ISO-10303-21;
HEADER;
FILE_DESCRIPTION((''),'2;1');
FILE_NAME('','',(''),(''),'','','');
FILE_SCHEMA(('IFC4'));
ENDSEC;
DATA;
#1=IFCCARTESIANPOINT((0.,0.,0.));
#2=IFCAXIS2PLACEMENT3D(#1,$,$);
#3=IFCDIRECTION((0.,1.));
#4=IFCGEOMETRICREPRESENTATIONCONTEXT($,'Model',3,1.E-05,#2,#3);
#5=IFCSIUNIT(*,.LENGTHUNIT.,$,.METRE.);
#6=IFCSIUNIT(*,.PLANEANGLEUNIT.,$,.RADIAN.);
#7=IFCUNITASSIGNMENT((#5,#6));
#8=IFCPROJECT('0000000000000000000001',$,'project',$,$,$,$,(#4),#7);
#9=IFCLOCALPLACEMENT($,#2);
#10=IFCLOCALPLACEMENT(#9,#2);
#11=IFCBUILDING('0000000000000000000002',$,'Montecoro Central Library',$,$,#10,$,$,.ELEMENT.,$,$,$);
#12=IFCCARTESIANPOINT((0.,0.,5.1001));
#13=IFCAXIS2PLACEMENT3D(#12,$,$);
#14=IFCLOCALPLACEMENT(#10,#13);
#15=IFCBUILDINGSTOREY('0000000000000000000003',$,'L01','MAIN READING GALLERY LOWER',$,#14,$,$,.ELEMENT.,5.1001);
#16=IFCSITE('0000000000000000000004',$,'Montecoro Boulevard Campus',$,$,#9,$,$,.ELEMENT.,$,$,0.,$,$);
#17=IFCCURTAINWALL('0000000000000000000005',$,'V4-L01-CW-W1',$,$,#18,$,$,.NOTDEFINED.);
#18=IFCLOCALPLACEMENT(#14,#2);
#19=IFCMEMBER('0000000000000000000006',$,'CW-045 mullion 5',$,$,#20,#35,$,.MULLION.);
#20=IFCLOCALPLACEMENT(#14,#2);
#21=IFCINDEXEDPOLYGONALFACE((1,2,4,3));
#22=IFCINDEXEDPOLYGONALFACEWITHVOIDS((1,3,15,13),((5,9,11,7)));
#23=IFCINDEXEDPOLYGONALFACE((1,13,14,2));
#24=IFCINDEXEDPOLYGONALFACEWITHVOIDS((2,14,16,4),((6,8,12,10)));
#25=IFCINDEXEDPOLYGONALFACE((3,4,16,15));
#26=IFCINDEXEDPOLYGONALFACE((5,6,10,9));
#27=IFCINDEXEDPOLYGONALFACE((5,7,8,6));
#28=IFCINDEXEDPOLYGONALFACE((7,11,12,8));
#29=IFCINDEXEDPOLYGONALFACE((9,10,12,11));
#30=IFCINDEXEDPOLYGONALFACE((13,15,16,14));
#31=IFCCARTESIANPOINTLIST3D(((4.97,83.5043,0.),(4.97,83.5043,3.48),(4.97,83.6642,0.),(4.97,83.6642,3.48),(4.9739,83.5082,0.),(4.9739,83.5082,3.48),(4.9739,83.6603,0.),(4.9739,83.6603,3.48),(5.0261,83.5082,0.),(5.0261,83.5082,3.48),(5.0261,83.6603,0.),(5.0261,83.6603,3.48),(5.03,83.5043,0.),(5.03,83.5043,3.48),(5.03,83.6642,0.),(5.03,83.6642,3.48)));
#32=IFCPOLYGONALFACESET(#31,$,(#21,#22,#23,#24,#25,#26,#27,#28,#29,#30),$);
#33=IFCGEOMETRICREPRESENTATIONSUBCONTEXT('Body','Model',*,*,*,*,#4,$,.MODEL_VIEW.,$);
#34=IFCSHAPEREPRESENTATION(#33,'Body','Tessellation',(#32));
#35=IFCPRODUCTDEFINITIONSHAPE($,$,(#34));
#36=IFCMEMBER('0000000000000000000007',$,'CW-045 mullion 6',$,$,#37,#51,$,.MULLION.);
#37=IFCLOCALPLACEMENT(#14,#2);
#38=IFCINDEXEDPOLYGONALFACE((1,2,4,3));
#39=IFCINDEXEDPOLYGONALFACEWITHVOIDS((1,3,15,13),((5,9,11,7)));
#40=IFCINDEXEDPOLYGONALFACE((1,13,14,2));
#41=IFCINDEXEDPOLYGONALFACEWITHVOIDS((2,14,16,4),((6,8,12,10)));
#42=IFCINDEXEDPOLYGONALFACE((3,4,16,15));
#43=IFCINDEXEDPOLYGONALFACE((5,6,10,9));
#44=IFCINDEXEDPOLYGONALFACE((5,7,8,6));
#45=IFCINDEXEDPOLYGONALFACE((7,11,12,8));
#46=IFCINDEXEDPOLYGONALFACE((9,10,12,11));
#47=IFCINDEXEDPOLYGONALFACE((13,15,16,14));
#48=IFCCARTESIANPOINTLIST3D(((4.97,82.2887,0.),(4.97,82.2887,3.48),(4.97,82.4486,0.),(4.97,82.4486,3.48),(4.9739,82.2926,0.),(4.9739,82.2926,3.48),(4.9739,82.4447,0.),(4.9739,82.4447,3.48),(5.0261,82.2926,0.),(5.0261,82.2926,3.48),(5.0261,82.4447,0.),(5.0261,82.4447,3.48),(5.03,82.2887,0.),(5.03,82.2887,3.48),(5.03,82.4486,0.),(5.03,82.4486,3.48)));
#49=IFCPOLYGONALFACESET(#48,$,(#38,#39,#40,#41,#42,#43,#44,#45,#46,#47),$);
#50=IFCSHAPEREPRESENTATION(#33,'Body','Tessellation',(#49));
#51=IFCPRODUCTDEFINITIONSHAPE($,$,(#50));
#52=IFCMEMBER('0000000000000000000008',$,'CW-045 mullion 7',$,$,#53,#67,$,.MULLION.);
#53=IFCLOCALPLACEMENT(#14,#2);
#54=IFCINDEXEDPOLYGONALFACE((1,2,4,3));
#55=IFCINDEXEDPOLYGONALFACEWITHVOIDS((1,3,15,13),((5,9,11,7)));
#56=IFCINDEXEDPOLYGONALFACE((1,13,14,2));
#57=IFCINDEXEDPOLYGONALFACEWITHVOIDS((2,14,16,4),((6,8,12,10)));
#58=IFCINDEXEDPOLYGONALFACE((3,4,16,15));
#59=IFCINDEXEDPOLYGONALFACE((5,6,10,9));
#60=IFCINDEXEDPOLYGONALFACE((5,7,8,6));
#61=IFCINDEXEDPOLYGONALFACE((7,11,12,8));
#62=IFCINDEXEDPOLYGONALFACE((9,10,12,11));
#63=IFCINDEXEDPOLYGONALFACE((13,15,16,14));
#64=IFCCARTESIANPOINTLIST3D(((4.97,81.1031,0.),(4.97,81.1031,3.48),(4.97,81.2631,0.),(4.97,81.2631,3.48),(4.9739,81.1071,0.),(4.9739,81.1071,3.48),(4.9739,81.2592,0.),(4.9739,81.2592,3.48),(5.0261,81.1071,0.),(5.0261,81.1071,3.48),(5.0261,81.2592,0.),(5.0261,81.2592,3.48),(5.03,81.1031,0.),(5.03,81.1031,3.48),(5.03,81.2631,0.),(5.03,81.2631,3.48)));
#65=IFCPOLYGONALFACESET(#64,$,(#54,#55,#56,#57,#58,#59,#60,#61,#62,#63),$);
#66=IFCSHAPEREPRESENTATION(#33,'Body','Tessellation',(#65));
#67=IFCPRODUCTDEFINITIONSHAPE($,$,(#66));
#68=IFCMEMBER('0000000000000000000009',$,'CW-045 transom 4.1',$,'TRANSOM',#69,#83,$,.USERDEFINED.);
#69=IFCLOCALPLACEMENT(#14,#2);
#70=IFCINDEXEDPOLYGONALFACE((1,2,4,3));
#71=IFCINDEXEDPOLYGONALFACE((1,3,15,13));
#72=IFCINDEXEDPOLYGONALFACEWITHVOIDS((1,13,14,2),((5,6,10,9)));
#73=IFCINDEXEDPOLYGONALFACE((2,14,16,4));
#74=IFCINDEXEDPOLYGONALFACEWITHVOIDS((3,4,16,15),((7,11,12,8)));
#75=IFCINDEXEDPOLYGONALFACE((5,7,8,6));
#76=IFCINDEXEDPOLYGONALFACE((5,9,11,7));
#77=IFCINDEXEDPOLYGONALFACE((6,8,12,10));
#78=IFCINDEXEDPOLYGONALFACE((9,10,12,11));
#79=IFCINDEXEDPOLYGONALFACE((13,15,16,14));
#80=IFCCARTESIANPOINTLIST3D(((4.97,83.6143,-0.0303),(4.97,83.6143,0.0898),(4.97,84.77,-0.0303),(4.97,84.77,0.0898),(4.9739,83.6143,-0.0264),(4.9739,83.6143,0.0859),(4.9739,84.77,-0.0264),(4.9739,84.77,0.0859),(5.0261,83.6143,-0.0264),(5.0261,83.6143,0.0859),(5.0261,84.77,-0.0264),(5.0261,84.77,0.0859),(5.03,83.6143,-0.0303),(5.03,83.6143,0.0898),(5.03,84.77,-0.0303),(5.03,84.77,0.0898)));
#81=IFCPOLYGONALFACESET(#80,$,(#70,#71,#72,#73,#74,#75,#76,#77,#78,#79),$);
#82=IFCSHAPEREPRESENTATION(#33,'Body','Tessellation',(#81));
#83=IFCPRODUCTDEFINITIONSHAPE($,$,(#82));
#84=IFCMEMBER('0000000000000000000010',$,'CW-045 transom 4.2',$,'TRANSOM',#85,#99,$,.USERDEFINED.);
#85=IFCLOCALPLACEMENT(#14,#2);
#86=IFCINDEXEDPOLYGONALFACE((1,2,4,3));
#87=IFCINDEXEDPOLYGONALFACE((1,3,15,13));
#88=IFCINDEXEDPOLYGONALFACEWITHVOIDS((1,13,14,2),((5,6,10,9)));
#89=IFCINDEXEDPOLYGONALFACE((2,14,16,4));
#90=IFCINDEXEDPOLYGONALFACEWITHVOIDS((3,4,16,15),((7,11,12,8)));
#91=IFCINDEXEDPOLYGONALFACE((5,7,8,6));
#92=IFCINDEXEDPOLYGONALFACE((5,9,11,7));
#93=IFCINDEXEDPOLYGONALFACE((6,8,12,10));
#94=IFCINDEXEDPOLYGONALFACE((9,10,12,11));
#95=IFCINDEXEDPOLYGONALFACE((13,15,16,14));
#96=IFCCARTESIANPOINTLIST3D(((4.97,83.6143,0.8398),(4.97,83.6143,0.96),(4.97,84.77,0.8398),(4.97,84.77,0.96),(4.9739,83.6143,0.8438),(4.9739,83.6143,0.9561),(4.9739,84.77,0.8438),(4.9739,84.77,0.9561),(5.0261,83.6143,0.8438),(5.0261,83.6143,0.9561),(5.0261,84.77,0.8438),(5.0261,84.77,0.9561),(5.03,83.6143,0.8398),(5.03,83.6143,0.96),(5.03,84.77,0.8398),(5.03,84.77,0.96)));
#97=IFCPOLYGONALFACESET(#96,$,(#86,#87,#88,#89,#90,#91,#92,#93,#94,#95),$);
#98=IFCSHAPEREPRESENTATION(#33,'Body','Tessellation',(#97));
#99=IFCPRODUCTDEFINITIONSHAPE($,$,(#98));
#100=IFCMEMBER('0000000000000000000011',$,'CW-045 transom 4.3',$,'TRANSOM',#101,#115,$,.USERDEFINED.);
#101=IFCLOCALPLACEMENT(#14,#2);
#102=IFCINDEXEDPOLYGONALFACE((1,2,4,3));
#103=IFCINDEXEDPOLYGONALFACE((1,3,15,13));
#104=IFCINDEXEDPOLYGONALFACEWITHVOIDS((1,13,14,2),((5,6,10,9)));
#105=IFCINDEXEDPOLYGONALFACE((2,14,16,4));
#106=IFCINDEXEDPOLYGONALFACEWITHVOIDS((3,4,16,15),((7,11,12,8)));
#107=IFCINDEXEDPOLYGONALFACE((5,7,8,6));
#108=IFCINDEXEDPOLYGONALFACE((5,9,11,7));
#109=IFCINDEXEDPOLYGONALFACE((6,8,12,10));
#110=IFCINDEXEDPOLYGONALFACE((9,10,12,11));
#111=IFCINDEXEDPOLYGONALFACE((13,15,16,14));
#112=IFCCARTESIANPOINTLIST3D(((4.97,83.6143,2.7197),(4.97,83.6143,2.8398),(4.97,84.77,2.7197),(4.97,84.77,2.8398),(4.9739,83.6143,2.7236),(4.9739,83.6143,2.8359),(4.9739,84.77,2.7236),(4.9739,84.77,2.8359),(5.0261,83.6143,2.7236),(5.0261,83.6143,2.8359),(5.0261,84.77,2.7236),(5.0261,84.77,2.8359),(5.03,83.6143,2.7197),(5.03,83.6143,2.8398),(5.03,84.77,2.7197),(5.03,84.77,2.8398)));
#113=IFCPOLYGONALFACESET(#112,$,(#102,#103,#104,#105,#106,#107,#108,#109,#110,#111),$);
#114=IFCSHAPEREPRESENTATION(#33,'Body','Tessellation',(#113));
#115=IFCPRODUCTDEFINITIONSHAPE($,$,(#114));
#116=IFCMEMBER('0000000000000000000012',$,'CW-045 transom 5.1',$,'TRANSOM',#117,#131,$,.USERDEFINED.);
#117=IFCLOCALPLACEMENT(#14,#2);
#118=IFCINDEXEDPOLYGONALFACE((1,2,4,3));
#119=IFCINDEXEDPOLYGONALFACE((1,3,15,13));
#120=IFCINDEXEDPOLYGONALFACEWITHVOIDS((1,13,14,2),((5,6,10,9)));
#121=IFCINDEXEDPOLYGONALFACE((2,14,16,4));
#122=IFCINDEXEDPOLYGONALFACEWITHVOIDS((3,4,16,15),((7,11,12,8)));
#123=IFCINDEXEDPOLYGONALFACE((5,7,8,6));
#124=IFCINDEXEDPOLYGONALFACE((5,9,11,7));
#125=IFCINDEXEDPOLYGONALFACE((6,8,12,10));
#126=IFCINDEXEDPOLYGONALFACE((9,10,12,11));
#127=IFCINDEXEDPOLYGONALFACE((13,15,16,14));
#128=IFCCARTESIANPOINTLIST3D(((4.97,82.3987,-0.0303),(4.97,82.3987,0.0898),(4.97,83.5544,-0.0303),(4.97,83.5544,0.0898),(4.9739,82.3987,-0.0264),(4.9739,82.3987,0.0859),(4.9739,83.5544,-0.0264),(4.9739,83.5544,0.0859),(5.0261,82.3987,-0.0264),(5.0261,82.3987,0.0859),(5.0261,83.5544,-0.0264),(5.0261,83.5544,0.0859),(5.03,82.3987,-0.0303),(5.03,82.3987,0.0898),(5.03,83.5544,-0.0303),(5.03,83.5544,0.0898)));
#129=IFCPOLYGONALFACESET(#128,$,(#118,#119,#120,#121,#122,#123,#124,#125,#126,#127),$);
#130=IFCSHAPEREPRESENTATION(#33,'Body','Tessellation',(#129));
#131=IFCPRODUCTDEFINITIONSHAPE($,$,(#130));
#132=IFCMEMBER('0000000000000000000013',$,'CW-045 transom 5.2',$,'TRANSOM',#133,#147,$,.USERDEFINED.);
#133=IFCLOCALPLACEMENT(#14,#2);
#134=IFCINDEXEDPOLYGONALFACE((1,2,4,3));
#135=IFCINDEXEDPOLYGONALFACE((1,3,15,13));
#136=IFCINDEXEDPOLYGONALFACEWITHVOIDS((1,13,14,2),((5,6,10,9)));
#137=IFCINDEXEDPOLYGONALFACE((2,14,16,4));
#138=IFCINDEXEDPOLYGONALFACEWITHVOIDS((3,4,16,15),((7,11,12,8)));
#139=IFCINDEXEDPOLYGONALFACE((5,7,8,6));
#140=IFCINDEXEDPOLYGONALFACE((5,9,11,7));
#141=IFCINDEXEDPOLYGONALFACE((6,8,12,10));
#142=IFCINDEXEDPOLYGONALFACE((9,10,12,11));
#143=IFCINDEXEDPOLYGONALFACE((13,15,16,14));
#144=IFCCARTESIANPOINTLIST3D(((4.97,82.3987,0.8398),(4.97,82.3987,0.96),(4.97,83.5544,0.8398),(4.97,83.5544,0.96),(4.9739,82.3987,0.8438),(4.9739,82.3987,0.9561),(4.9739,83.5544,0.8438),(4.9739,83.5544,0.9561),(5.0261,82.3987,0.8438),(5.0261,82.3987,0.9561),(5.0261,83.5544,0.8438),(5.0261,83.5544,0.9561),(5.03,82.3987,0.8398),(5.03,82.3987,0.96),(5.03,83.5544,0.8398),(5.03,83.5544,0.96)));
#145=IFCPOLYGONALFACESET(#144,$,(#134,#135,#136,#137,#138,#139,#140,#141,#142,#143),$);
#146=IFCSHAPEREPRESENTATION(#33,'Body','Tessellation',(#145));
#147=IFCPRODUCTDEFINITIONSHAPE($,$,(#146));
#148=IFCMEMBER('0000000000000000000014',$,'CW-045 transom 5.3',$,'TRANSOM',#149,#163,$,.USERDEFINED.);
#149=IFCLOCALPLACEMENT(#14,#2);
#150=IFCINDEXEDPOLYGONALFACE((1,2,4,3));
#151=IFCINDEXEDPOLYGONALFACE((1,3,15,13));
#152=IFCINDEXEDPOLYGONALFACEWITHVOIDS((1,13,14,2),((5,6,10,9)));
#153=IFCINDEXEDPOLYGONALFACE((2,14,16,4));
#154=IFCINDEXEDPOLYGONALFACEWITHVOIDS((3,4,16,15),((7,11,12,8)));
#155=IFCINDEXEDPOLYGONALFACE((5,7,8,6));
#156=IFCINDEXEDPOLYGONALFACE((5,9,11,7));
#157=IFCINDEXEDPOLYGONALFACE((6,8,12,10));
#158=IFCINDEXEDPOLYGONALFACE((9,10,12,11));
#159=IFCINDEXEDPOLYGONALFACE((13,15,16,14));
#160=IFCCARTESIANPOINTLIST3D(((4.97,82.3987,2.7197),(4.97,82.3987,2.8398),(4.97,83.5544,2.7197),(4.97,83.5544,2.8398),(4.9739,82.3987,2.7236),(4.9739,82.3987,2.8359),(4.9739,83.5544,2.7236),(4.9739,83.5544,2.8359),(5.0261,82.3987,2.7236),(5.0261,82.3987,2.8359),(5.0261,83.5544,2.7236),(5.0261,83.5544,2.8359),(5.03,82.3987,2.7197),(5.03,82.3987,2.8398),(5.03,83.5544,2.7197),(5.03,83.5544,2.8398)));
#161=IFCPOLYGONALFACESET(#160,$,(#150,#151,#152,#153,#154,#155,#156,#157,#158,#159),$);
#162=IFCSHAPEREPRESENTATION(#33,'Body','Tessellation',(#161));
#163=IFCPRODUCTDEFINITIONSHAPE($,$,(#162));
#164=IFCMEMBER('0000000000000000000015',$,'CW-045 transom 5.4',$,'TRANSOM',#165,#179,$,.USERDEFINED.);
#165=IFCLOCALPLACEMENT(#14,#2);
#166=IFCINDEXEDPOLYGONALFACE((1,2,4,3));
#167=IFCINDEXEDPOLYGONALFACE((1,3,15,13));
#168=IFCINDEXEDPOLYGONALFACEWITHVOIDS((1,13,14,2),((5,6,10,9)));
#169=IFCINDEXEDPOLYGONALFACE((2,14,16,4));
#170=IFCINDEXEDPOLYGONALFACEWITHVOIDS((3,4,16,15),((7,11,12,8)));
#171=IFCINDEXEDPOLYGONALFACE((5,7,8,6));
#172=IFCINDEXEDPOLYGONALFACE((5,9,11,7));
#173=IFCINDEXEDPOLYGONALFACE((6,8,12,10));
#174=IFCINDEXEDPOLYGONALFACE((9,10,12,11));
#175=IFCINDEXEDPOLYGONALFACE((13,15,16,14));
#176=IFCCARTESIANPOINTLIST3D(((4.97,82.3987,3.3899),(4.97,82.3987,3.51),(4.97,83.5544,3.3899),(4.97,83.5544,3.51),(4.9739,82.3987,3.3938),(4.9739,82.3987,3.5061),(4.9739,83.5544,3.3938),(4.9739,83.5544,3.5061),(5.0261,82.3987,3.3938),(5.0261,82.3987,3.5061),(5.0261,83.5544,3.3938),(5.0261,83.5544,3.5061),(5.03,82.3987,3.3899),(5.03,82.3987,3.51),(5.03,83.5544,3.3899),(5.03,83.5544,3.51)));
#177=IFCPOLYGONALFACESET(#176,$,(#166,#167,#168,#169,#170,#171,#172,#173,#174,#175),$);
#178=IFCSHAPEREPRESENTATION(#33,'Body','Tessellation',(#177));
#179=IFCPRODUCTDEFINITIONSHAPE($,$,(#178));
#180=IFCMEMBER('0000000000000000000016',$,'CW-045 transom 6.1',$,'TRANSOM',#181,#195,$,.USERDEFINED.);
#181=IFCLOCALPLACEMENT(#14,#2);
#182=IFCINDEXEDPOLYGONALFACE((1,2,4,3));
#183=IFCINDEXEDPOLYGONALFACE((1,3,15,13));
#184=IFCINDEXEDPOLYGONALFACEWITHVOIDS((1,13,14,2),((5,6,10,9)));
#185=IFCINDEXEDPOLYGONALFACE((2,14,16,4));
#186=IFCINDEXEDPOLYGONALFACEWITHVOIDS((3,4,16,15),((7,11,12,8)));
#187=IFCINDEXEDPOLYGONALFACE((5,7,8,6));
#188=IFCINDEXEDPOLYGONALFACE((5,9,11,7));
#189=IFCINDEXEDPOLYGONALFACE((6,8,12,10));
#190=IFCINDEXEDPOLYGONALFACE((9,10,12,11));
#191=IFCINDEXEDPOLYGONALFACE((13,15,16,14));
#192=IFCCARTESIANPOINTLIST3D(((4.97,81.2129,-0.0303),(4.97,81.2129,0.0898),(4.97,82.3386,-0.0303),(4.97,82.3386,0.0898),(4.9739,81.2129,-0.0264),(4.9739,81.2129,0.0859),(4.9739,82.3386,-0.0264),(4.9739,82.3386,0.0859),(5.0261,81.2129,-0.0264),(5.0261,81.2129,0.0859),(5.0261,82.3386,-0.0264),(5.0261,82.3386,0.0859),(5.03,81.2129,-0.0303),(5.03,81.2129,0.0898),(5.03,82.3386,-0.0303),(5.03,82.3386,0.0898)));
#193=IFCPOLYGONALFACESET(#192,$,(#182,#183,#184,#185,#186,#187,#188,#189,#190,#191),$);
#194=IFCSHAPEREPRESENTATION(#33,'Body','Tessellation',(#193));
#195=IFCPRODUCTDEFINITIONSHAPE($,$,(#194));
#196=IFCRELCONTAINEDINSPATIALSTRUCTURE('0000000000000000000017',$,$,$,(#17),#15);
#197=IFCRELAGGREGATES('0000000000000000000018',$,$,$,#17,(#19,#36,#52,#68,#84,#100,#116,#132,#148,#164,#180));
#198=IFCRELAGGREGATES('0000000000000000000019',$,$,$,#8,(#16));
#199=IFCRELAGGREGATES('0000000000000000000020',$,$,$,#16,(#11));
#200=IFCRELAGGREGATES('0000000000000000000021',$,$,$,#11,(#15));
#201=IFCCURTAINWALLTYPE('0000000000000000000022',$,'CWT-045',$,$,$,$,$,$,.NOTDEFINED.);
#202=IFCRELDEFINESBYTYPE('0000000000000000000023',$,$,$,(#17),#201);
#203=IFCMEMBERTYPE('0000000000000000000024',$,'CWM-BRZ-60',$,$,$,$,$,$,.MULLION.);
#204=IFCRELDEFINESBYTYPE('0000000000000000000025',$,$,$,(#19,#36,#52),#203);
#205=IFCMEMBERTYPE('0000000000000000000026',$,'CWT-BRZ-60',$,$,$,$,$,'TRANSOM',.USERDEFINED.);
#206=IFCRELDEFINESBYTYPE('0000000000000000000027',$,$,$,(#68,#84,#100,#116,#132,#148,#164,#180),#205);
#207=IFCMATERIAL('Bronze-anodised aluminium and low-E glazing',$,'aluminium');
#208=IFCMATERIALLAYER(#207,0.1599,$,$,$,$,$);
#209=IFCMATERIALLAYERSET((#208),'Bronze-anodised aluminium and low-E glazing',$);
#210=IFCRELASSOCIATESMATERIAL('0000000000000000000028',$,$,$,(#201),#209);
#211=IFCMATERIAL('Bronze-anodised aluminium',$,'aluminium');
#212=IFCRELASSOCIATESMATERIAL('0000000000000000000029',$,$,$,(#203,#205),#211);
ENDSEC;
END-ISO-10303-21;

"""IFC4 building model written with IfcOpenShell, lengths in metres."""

from ifc_helpers import new_model, si_unit, direction, frame, origin, origin_2d, place, context, subcontext, project, spatial, hollow_rectangle, extrude, material, layer, layer_set, material_profile, profile_set, type_object, element, aggregate, save


model = new_model("IFC4")

# Units and contexts
model_context = context("Model", 3, precision=1e-05, world=origin(), true_north=direction((0.0, 1.0)))
body_context = subcontext(model_context, "Body", "Model", "MODEL_VIEW")
ifc_project = project(units=[si_unit("LENGTHUNIT", "METRE"), si_unit("PLANEANGLEUNIT", "RADIAN")], contexts=[model_context])

# Site, building, storey
site_placement = place(None, origin())
site = spatial("IfcSite", under=ifc_project, at=site_placement, Name="Montecoro Boulevard Campus", CompositionType="ELEMENT", RefElevation=0.0)
building_placement = place(site_placement, origin())
building = spatial("IfcBuilding", under=site, at=building_placement, Name="Montecoro Central Library", CompositionType="ELEMENT")
storey_placement = place(building_placement, frame((0.0, 0.0, 5.1001)))
storey = spatial("IfcBuildingStorey", under=building, at=storey_placement, Name="L01", Description="MAIN READING GALLERY LOWER", CompositionType="ELEMENT", Elevation=5.1001)

# Curtain wall, members
ifc_material_1 = material(Name="Bronze-anodised aluminium and low-E glazing", Category="aluminium")
ifc_layer_1 = layer(ifc_material_1, 0.1599)
ifc_layer_set_1 = layer_set([ifc_layer_1], Name="Bronze-anodised aluminium and low-E glazing")
curtain_wall_type = type_object("IfcCurtainWallType", Name="CWT-045", PredefinedType="NOTDEFINED", material=ifc_layer_set_1)
curtain_wall_placement = place(storey_placement, origin())
curtain_wall = element("IfcCurtainWall", 1, at=curtain_wall_placement, inside=storey, type_object=curtain_wall_type, Name="V4-L01-CW-W1", PredefinedType="NOTDEFINED")
ifc_material_2 = material(Name="Bronze-anodised aluminium", Category="aluminium")
ifc_material_profile_1 = material_profile(ifc_material_2, hollow_rectangle(XDim=0.0601, YDim=0.1599, WallThickness=0.0039, at=origin_2d()), Name="CWM 160x60x4.0")
ifc_profile_set_1 = profile_set([ifc_material_profile_1], Name="Bronze-anodised aluminium")
member_type_1 = type_object("IfcMemberType", Name="CWM-BRZ-60", PredefinedType="MULLION", material=ifc_profile_set_1)
member_1_placement = place(storey_placement, frame((5.0, 83.5842, 0.0), z_axis=(0.0, 0.0, 1.0), x_axis=(1.0, 0.0, 0.0)))
member_1 = element("IfcMember", 2, at=member_1_placement, type_object=member_type_1, Name="CW-045 mullion 5", PredefinedType="MULLION", context=body_context, shape_type="SweptSolid", body=[
    extrude(hollow_rectangle(XDim=0.0601, YDim=0.1599, WallThickness=0.0039, at=origin_2d()), origin(), (0.0, 0.0, 1.0), 3.48),
])
member_2_placement = place(storey_placement, frame((5.0, 82.3687, 0.0), z_axis=(0.0, 0.0, 1.0), x_axis=(1.0, 0.0, 0.0)))
member_2 = element("IfcMember", 3, at=member_2_placement, type_object=member_type_1, Name="CW-045 mullion 6", PredefinedType="MULLION", context=body_context, shape_type="SweptSolid", body=[
    extrude(hollow_rectangle(XDim=0.0601, YDim=0.1599, WallThickness=0.0039, at=origin_2d()), origin(), (0.0, 0.0, 1.0), 3.48),
])
member_3_placement = place(storey_placement, frame((5.0, 81.1831, 0.0), z_axis=(0.0, 0.0, 1.0), x_axis=(1.0, 0.0, 0.0)))
member_3 = element("IfcMember", 4, at=member_3_placement, type_object=member_type_1, Name="CW-045 mullion 7", PredefinedType="MULLION", context=body_context, shape_type="SweptSolid", body=[
    extrude(hollow_rectangle(XDim=0.0601, YDim=0.1599, WallThickness=0.0039, at=origin_2d()), origin(), (0.0, 0.0, 1.0), 3.48),
])
ifc_material_profile_2 = material_profile(ifc_material_2, hollow_rectangle(XDim=0.0601, YDim=0.1201, WallThickness=0.0039, at=origin_2d()), Name="CWT 120x60x4.0")
ifc_profile_set_2 = profile_set([ifc_material_profile_2], Name="Bronze-anodised aluminium")
member_type_2 = type_object("IfcMemberType", Name="CWT-BRZ-60", ElementType="TRANSOM", PredefinedType="USERDEFINED", material=ifc_profile_set_2)
member_4_placement = place(storey_placement, frame((5.0, 84.77, 0.0298), z_axis=(0.0, -1.0, 0.0), x_axis=(1.0, 0.0, 0.0)))
member_4 = element("IfcMember", 5, at=member_4_placement, type_object=member_type_2, Name="CW-045 transom 4.1", ObjectType="TRANSOM", PredefinedType="USERDEFINED", context=body_context, shape_type="SweptSolid", body=[
    extrude(hollow_rectangle(XDim=0.0601, YDim=0.1201, WallThickness=0.0039, at=origin_2d()), origin(), (0.0, 0.0, 1.0), 1.1558),
])
member_5_placement = place(storey_placement, frame((5.0, 84.77, 0.8999), z_axis=(0.0, -1.0, 0.0), x_axis=(1.0, 0.0, 0.0)))
member_5 = element("IfcMember", 6, at=member_5_placement, type_object=member_type_2, Name="CW-045 transom 4.2", ObjectType="TRANSOM", PredefinedType="USERDEFINED", context=body_context, shape_type="SweptSolid", body=[
    extrude(hollow_rectangle(XDim=0.0601, YDim=0.1201, WallThickness=0.0039, at=origin_2d()), origin(), (0.0, 0.0, 1.0), 1.1558),
])
member_6_placement = place(storey_placement, frame((5.0, 84.77, 2.7798), z_axis=(0.0, -1.0, 0.0), x_axis=(1.0, 0.0, 0.0)))
member_6 = element("IfcMember", 7, at=member_6_placement, type_object=member_type_2, Name="CW-045 transom 4.3", ObjectType="TRANSOM", PredefinedType="USERDEFINED", context=body_context, shape_type="SweptSolid", body=[
    extrude(hollow_rectangle(XDim=0.0601, YDim=0.1201, WallThickness=0.0039, at=origin_2d()), origin(), (0.0, 0.0, 1.0), 1.1558),
])
member_7_placement = place(storey_placement, frame((5.0, 83.5544, 0.0298), z_axis=(0.0, -1.0, 0.0), x_axis=(1.0, 0.0, 0.0)))
member_7 = element("IfcMember", 8, at=member_7_placement, type_object=member_type_2, Name="CW-045 transom 5.1", ObjectType="TRANSOM", PredefinedType="USERDEFINED", context=body_context, shape_type="SweptSolid", body=[
    extrude(hollow_rectangle(XDim=0.0601, YDim=0.1201, WallThickness=0.0039, at=origin_2d()), origin(), (0.0, 0.0, 1.0), 1.1558),
])
member_8_placement = place(storey_placement, frame((5.0, 83.5544, 0.8999), z_axis=(0.0, -1.0, 0.0), x_axis=(1.0, 0.0, 0.0)))
member_8 = element("IfcMember", 9, at=member_8_placement, type_object=member_type_2, Name="CW-045 transom 5.2", ObjectType="TRANSOM", PredefinedType="USERDEFINED", context=body_context, shape_type="SweptSolid", body=[
    extrude(hollow_rectangle(XDim=0.0601, YDim=0.1201, WallThickness=0.0039, at=origin_2d()), origin(), (0.0, 0.0, 1.0), 1.1558),
])
member_9_placement = place(storey_placement, frame((5.0, 83.5544, 2.7798), z_axis=(0.0, -1.0, 0.0), x_axis=(1.0, 0.0, 0.0)))
member_9 = element("IfcMember", 10, at=member_9_placement, type_object=member_type_2, Name="CW-045 transom 5.3", ObjectType="TRANSOM", PredefinedType="USERDEFINED", context=body_context, shape_type="SweptSolid", body=[
    extrude(hollow_rectangle(XDim=0.0601, YDim=0.1201, WallThickness=0.0039, at=origin_2d()), origin(), (0.0, 0.0, 1.0), 1.1558),
])
member_10_placement = place(storey_placement, frame((5.0, 83.5544, 3.45), z_axis=(0.0, -1.0, 0.0), x_axis=(1.0, 0.0, 0.0)))
member_10 = element("IfcMember", 11, at=member_10_placement, type_object=member_type_2, Name="CW-045 transom 5.4", ObjectType="TRANSOM", PredefinedType="USERDEFINED", context=body_context, shape_type="SweptSolid", body=[
    extrude(hollow_rectangle(XDim=0.0601, YDim=0.1201, WallThickness=0.0039, at=origin_2d()), origin(), (0.0, 0.0, 1.0), 1.1558),
])
member_11_placement = place(storey_placement, frame((5.0, 82.3386, 0.0298), z_axis=(0.0, -1.0, 0.0), x_axis=(1.0, 0.0, 0.0)))
member_11 = element("IfcMember", 12, at=member_11_placement, type_object=member_type_2, Name="CW-045 transom 6.1", ObjectType="TRANSOM", PredefinedType="USERDEFINED", context=body_context, shape_type="SweptSolid", body=[
    extrude(hollow_rectangle(XDim=0.0601, YDim=0.1201, WallThickness=0.0039, at=origin_2d()), origin(), (0.0, 0.0, 1.0), 1.1257),
])
aggregate(curtain_wall, [member_1, member_2, member_3, member_4, member_5, member_6, member_7, member_8, member_9, member_10, member_11])

save(model, "model.ifc")
